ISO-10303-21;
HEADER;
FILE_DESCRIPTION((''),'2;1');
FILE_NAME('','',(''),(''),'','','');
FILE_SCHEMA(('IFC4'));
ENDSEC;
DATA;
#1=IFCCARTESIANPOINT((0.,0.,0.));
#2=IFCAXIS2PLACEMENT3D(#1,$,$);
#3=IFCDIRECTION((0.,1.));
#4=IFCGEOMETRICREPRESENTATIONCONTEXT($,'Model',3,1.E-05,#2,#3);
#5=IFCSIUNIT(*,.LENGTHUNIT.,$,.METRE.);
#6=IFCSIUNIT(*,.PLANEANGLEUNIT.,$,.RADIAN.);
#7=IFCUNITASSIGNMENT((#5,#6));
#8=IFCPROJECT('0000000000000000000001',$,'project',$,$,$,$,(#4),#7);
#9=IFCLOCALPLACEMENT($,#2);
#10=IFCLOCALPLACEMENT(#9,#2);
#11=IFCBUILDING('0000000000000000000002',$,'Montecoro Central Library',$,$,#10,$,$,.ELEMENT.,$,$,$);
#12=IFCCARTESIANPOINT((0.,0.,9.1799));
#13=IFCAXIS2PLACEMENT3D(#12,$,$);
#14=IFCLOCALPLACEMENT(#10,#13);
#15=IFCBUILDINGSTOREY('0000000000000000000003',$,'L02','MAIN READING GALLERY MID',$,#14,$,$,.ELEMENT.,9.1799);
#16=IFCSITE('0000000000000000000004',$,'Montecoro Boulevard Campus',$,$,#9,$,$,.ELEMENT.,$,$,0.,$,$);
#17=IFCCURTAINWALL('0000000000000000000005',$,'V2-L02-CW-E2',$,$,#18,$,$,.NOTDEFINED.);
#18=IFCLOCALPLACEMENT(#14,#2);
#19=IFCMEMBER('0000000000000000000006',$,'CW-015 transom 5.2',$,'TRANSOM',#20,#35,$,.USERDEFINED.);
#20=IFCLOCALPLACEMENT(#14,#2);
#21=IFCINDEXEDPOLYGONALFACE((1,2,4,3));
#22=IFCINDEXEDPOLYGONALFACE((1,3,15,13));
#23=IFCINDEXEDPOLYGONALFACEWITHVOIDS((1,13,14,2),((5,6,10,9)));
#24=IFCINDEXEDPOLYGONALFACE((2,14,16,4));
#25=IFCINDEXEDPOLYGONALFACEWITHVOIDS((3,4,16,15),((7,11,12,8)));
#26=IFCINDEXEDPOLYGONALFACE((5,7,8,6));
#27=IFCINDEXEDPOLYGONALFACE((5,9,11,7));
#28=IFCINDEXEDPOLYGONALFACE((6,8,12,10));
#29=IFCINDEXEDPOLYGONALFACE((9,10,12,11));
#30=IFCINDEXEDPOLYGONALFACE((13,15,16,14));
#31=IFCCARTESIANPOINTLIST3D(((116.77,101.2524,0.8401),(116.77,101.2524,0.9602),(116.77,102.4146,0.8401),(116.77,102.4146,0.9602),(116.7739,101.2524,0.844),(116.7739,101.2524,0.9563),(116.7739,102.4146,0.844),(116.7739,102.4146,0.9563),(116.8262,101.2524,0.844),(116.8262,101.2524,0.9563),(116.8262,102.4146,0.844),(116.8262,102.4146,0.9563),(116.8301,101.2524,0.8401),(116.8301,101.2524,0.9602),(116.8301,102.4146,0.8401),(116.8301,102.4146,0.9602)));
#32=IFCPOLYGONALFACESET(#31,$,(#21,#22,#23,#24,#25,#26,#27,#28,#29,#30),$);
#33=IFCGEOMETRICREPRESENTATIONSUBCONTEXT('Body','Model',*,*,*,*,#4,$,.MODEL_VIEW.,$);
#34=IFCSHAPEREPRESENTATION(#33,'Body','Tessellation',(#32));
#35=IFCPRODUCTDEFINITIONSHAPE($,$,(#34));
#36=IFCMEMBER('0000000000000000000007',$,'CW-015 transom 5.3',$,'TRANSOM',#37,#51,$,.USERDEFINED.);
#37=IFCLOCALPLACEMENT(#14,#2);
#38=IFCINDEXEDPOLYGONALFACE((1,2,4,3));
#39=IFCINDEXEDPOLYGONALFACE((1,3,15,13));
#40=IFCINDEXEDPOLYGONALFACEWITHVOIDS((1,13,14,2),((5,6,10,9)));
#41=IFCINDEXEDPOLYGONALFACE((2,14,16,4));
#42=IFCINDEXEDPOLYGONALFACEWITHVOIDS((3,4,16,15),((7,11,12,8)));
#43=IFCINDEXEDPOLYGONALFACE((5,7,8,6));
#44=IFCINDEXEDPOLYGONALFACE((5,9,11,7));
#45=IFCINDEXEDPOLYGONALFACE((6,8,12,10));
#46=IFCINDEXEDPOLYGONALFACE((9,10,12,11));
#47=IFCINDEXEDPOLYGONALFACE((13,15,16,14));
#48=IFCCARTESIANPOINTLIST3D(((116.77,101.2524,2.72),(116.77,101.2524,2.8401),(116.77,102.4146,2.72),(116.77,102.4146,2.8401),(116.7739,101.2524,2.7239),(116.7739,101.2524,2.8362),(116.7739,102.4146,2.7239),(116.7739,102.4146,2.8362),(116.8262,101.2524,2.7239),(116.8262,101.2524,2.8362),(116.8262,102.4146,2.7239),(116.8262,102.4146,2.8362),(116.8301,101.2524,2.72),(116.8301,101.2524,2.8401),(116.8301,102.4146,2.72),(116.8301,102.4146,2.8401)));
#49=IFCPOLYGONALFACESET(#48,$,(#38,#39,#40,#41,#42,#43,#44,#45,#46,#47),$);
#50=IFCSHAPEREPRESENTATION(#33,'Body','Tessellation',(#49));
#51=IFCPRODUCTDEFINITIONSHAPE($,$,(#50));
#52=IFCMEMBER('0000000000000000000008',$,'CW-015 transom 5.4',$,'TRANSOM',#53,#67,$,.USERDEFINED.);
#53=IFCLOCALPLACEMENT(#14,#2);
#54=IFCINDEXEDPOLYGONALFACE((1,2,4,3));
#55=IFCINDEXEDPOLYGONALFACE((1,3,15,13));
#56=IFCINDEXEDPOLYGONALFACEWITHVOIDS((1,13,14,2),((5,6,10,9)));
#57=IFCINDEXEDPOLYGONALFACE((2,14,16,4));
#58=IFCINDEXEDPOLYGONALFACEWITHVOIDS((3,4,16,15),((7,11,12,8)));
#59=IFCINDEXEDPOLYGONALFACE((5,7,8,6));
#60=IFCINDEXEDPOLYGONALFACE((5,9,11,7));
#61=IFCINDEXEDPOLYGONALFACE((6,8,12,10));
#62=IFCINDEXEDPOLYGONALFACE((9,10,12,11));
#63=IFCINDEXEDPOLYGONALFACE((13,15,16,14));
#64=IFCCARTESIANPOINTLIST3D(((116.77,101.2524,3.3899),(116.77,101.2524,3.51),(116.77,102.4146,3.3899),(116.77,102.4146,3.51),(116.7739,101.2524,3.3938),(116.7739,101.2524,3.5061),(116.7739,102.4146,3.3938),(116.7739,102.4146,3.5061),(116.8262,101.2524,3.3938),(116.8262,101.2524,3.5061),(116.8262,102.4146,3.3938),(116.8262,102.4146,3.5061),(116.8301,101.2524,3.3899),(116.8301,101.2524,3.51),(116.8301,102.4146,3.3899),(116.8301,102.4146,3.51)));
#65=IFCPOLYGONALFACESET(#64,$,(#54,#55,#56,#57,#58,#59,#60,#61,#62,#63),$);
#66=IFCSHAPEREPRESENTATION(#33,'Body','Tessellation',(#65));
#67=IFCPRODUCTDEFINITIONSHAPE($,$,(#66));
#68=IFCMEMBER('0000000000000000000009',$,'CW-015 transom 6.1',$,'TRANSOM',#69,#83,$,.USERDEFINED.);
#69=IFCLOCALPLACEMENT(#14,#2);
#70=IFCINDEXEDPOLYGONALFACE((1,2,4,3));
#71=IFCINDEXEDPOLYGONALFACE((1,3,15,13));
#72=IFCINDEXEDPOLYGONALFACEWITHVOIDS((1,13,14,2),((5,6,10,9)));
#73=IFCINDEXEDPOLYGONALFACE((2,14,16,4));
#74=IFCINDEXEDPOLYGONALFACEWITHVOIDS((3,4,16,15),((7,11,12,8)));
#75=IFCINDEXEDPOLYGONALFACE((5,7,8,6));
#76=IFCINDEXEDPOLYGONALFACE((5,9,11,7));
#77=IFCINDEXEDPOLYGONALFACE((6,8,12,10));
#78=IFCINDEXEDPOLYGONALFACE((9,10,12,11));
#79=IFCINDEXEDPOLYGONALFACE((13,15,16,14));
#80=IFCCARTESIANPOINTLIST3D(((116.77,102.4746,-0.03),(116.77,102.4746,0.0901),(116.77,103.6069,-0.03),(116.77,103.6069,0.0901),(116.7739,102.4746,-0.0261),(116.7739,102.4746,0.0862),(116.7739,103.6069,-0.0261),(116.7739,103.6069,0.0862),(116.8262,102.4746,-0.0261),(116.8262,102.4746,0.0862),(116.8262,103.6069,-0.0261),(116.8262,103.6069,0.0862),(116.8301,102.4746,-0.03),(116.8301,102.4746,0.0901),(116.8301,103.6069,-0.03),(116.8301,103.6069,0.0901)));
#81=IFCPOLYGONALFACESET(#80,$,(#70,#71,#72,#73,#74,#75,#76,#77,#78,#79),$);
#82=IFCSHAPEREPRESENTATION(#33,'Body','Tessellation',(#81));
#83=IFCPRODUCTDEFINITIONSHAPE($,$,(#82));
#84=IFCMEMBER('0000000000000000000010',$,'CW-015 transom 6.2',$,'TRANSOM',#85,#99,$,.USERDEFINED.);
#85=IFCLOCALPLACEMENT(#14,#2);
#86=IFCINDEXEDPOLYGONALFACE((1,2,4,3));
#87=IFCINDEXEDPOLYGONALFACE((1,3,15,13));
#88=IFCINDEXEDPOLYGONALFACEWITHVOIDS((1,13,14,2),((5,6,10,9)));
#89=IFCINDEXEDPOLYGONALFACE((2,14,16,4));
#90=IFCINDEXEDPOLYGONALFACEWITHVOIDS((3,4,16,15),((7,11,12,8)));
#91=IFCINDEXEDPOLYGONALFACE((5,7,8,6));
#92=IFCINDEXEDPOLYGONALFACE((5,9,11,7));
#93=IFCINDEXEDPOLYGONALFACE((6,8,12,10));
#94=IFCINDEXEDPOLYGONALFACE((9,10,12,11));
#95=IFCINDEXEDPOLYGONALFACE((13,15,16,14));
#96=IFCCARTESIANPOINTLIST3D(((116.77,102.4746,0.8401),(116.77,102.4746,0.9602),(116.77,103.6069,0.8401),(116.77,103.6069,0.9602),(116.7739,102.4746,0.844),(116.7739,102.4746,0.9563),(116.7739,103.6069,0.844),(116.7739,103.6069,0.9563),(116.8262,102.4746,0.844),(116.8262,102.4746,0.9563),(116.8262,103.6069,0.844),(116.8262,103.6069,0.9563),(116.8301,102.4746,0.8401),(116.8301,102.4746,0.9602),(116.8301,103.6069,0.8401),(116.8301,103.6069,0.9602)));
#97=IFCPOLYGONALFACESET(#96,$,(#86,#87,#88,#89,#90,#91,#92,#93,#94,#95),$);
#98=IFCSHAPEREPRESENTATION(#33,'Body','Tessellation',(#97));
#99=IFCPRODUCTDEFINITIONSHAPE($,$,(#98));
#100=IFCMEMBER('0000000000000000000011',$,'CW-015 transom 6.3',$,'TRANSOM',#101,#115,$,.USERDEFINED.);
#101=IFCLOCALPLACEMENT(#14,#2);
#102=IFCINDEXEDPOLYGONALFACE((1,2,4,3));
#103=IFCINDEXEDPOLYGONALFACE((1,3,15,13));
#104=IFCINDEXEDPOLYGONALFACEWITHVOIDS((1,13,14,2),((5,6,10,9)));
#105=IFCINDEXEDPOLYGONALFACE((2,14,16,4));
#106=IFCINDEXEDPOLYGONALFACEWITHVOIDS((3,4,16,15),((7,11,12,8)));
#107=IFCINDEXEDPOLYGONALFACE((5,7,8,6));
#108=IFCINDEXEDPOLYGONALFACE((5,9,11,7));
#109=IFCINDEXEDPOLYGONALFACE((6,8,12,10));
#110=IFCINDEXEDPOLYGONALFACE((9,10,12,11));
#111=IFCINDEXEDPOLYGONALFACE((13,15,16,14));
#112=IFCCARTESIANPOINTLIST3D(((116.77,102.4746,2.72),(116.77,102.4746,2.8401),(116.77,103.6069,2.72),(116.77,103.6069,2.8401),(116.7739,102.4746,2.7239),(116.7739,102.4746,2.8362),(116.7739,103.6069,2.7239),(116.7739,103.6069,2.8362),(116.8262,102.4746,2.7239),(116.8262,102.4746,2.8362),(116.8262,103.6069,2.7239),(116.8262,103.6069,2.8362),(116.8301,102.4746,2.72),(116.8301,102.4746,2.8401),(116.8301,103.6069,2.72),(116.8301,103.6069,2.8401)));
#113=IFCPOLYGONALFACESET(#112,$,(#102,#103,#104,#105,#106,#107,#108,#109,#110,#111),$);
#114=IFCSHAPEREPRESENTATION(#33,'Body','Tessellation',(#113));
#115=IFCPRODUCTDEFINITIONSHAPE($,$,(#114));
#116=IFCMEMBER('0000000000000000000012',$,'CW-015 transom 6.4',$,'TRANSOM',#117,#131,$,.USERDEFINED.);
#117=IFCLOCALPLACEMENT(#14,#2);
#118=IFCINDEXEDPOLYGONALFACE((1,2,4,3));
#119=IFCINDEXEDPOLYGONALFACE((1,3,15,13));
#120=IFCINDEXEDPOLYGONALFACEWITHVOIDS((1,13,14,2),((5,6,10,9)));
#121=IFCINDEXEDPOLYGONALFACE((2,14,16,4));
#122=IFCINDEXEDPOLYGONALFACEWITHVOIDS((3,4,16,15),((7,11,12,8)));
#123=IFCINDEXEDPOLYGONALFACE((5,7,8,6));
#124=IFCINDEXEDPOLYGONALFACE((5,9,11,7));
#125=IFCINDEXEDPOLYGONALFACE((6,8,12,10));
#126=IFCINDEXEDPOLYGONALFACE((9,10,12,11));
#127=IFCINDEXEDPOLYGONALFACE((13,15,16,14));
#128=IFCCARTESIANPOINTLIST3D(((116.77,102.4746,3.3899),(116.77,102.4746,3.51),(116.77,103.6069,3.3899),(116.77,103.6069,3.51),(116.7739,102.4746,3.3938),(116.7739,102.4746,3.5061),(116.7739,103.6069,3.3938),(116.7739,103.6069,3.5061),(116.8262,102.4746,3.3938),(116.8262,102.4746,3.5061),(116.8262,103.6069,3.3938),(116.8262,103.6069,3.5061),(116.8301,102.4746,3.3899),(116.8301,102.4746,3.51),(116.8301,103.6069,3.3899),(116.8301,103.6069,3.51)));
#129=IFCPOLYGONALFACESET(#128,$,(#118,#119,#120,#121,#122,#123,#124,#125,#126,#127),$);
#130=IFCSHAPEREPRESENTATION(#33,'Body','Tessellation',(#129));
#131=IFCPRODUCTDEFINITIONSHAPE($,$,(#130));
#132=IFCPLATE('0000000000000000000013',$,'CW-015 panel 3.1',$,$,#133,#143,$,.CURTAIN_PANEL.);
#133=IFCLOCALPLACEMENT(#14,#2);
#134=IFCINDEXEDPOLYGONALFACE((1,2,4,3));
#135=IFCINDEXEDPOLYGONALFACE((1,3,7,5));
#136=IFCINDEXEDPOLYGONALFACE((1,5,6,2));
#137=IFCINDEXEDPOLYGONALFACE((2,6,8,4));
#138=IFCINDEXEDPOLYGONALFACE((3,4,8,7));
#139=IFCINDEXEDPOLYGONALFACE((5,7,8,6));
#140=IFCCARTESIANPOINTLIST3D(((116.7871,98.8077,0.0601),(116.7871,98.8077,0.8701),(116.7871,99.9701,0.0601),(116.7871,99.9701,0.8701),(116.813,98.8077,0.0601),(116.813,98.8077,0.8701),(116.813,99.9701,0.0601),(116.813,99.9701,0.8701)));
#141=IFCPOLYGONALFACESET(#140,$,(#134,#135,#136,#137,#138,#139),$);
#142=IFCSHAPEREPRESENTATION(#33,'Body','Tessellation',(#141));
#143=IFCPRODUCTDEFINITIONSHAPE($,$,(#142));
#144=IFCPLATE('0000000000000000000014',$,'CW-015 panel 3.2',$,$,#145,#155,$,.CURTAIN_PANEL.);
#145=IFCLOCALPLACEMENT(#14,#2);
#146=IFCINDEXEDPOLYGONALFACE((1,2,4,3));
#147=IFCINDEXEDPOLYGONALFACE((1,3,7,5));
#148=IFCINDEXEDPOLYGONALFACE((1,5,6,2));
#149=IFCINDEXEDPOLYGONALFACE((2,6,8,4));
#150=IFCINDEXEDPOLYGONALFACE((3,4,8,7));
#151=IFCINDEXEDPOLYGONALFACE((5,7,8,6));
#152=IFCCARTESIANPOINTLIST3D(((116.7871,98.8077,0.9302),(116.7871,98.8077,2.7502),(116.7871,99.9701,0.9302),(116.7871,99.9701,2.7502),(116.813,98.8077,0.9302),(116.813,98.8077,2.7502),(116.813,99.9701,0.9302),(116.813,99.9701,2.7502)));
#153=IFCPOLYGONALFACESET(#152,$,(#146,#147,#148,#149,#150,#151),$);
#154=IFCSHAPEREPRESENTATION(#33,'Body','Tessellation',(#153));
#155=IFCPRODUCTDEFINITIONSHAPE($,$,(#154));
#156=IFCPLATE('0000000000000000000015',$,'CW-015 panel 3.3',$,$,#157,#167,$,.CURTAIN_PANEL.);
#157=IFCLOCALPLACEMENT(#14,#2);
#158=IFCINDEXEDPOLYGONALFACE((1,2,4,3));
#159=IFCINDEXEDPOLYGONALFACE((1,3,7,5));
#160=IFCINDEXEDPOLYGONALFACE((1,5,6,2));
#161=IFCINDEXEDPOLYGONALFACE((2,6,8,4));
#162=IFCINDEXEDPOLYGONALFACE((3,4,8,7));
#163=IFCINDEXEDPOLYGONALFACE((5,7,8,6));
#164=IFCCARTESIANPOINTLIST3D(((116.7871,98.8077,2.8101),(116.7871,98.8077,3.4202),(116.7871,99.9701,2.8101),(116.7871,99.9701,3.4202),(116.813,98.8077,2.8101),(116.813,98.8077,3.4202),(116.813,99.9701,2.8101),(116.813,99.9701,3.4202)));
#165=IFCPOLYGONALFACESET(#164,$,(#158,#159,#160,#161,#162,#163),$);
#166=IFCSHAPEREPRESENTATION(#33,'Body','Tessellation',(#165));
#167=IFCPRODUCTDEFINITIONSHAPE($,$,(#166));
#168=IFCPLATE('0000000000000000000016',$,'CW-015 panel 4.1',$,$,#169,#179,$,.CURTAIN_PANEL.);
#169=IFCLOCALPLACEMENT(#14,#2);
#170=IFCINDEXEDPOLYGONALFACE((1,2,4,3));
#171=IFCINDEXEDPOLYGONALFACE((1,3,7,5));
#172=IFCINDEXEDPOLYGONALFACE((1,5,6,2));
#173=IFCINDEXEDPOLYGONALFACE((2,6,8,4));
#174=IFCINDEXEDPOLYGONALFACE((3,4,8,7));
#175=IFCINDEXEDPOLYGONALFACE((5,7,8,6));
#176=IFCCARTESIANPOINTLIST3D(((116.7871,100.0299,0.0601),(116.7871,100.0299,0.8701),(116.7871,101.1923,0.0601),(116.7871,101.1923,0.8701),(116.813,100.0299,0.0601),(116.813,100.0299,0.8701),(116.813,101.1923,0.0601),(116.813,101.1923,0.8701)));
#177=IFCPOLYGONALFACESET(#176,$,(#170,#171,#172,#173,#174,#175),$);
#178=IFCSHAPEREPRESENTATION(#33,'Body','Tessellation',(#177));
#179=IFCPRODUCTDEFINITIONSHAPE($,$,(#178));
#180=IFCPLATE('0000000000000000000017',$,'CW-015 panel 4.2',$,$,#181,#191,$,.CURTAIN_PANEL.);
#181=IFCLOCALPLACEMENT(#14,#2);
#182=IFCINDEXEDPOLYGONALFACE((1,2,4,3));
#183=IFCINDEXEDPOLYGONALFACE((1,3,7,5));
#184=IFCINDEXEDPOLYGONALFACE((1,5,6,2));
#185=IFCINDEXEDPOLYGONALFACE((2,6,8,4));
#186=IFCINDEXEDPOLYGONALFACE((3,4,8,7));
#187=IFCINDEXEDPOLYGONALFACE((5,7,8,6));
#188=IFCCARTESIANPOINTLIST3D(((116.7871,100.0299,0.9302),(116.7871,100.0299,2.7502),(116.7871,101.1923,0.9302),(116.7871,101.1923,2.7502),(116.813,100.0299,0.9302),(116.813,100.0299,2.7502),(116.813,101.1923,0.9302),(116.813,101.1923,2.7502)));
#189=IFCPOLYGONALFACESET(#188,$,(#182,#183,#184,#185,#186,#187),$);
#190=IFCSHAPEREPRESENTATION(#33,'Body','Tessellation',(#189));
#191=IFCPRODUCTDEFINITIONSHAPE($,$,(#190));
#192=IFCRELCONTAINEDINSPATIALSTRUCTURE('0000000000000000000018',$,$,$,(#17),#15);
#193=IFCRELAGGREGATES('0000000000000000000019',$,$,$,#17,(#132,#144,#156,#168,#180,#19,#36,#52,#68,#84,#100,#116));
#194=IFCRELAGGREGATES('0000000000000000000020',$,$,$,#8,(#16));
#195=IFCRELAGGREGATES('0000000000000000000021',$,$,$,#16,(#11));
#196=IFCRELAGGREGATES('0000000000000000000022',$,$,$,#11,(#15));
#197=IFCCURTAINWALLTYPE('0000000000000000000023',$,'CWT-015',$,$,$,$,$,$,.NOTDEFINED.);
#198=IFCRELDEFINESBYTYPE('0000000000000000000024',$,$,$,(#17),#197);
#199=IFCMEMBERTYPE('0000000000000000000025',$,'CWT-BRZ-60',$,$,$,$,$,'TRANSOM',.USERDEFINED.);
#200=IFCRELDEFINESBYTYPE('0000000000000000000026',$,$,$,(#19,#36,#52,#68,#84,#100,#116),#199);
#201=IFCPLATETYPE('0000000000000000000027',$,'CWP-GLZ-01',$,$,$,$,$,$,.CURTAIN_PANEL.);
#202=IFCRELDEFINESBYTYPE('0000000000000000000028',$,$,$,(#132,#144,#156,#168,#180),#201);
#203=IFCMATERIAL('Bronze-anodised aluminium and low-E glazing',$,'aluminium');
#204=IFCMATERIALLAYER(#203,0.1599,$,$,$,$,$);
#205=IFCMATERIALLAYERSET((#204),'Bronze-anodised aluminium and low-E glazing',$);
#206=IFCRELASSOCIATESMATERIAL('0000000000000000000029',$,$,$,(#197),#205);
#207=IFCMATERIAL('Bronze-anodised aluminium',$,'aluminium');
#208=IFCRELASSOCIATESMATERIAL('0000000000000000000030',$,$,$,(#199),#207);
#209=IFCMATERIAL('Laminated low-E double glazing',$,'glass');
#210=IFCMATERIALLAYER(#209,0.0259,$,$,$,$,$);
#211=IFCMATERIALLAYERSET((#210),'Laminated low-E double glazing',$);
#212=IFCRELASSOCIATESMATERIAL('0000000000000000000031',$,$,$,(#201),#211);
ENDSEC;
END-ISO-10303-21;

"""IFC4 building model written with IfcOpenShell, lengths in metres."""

from ifc_helpers import new_model, si_unit, direction, frame, origin, origin_2d, place, context, subcontext, project, spatial, rectangle, hollow_rectangle, extrude, material, layer, layer_set, material_profile, profile_set, type_object, element, aggregate, save


model = new_model("IFC4")

# Units and contexts
model_context = context("Model", 3, precision=1e-05, world=origin(), true_north=direction((0.0, 1.0)))
body_context = subcontext(model_context, "Body", "Model", "MODEL_VIEW")
ifc_project = project(units=[si_unit("LENGTHUNIT", "METRE"), si_unit("PLANEANGLEUNIT", "RADIAN")], contexts=[model_context])

# Site, building, storey
site_placement = place(None, origin())
site = spatial("IfcSite", under=ifc_project, at=site_placement, Name="Montecoro Boulevard Campus", CompositionType="ELEMENT", RefElevation=0.0)
building_placement = place(site_placement, origin())
building = spatial("IfcBuilding", under=site, at=building_placement, Name="Montecoro Central Library", CompositionType="ELEMENT")
storey_placement = place(building_placement, frame((0.0, 0.0, 9.1799)))
storey = spatial("IfcBuildingStorey", under=building, at=storey_placement, Name="L02", Description="MAIN READING GALLERY MID", CompositionType="ELEMENT", Elevation=9.1799)

# Curtain wall, members, plates
ifc_material_1 = material(Name="Bronze-anodised aluminium and low-E glazing", Category="aluminium")
ifc_layer_1 = layer(ifc_material_1, 0.1599)
ifc_layer_set_1 = layer_set([ifc_layer_1], Name="Bronze-anodised aluminium and low-E glazing")
curtain_wall_type = type_object("IfcCurtainWallType", Name="CWT-015", PredefinedType="NOTDEFINED", material=ifc_layer_set_1)
curtain_wall_placement = place(storey_placement, origin())
curtain_wall = element("IfcCurtainWall", 1, at=curtain_wall_placement, inside=storey, type_object=curtain_wall_type, Name="V2-L02-CW-E2", PredefinedType="NOTDEFINED")
ifc_material_2 = material(Name="Bronze-anodised aluminium", Category="aluminium")
ifc_material_profile_1 = material_profile(ifc_material_2, hollow_rectangle(XDim=0.0601, YDim=0.1201, WallThickness=0.0039, at=origin_2d()), Name="CWT 120x60x4.0")
ifc_profile_set_1 = profile_set([ifc_material_profile_1], Name="Bronze-anodised aluminium")
member_type_1 = type_object("IfcMemberType", Name="CWT-BRZ-60", ElementType="TRANSOM", PredefinedType="USERDEFINED", material=ifc_profile_set_1)
member_1_placement = place(storey_placement, frame((116.8, 101.2524, 0.9001), z_axis=(0.0, 1.0, 0.0), x_axis=(-1.0, 0.0, 0.0)))
member_1 = element("IfcMember", 2, at=member_1_placement, type_object=member_type_1, Name="CW-015 transom 5.2", ObjectType="TRANSOM", PredefinedType="USERDEFINED", context=body_context, shape_type="SweptSolid", body=[
    extrude(hollow_rectangle(XDim=0.0601, YDim=0.1201, WallThickness=0.0039, at=origin_2d()), origin(), (0.0, 0.0, 1.0), 1.1621),
])
member_2_placement = place(storey_placement, frame((116.8, 101.2524, 2.78), z_axis=(0.0, 1.0, 0.0), x_axis=(-1.0, 0.0, 0.0)))
member_2 = element("IfcMember", 3, at=member_2_placement, type_object=member_type_1, Name="CW-015 transom 5.3", ObjectType="TRANSOM", PredefinedType="USERDEFINED", context=body_context, shape_type="SweptSolid", body=[
    extrude(hollow_rectangle(XDim=0.0601, YDim=0.1201, WallThickness=0.0039, at=origin_2d()), origin(), (0.0, 0.0, 1.0), 1.1621),
])
member_3_placement = place(storey_placement, frame((116.8, 101.2524, 3.45), z_axis=(0.0, 1.0, 0.0), x_axis=(-1.0, 0.0, 0.0)))
member_3 = element("IfcMember", 4, at=member_3_placement, type_object=member_type_1, Name="CW-015 transom 5.4", ObjectType="TRANSOM", PredefinedType="USERDEFINED", context=body_context, shape_type="SweptSolid", body=[
    extrude(hollow_rectangle(XDim=0.0601, YDim=0.1201, WallThickness=0.0039, at=origin_2d()), origin(), (0.0, 0.0, 1.0), 1.1621),
])
member_4_placement = place(storey_placement, frame((116.8, 102.4746, 0.03), z_axis=(0.0, 1.0, 0.0), x_axis=(-1.0, 0.0, 0.0)))
member_4 = element("IfcMember", 5, at=member_4_placement, type_object=member_type_1, Name="CW-015 transom 6.1", ObjectType="TRANSOM", PredefinedType="USERDEFINED", context=body_context, shape_type="SweptSolid", body=[
    extrude(hollow_rectangle(XDim=0.0601, YDim=0.1201, WallThickness=0.0039, at=origin_2d()), origin(), (0.0, 0.0, 1.0), 1.1323),
])
member_5_placement = place(storey_placement, frame((116.8, 102.4746, 0.9001), z_axis=(0.0, 1.0, 0.0), x_axis=(-1.0, 0.0, 0.0)))
member_5 = element("IfcMember", 6, at=member_5_placement, type_object=member_type_1, Name="CW-015 transom 6.2", ObjectType="TRANSOM", PredefinedType="USERDEFINED", context=body_context, shape_type="SweptSolid", body=[
    extrude(hollow_rectangle(XDim=0.0601, YDim=0.1201, WallThickness=0.0039, at=origin_2d()), origin(), (0.0, 0.0, 1.0), 1.1323),
])
member_6_placement = place(storey_placement, frame((116.8, 102.4746, 2.78), z_axis=(0.0, 1.0, 0.0), x_axis=(-1.0, 0.0, 0.0)))
member_6 = element("IfcMember", 7, at=member_6_placement, type_object=member_type_1, Name="CW-015 transom 6.3", ObjectType="TRANSOM", PredefinedType="USERDEFINED", context=body_context, shape_type="SweptSolid", body=[
    extrude(hollow_rectangle(XDim=0.0601, YDim=0.1201, WallThickness=0.0039, at=origin_2d()), origin(), (0.0, 0.0, 1.0), 1.1323),
])
member_7_placement = place(storey_placement, frame((116.8, 102.4746, 3.45), z_axis=(0.0, 1.0, 0.0), x_axis=(-1.0, 0.0, 0.0)))
member_7 = element("IfcMember", 8, at=member_7_placement, type_object=member_type_1, Name="CW-015 transom 6.4", ObjectType="TRANSOM", PredefinedType="USERDEFINED", context=body_context, shape_type="SweptSolid", body=[
    extrude(hollow_rectangle(XDim=0.0601, YDim=0.1201, WallThickness=0.0039, at=origin_2d()), origin(), (0.0, 0.0, 1.0), 1.1323),
])
ifc_material_3 = material(Name="Laminated low-E double glazing", Category="glass")
ifc_layer_2 = layer(ifc_material_3, 0.0259)
ifc_layer_set_2 = layer_set([ifc_layer_2], Name="Laminated low-E double glazing")
plate_type = type_object("IfcPlateType", Name="CWP-GLZ-01", PredefinedType="CURTAIN_PANEL", material=ifc_layer_set_2)
plate_1_placement = place(storey_placement, frame((116.8, 99.3889, 0.0601), z_axis=(0.0, 0.0, 1.0), x_axis=(0.0, 1.0, 0.0)))
plate_1 = element("IfcPlate", 9, at=plate_1_placement, type_object=plate_type, Name="CW-015 panel 3.1", PredefinedType="CURTAIN_PANEL", context=body_context, shape_type="SweptSolid", body=[
    extrude(rectangle(XDim=1.1624, YDim=0.0259, at=origin_2d()), origin(), (0.0, 0.0, 1.0), 0.8101),
])
plate_2_placement = place(storey_placement, frame((116.8, 99.3889, 0.9302), z_axis=(0.0, 0.0, 1.0), x_axis=(0.0, 1.0, 0.0)))
plate_2 = element("IfcPlate", 10, at=plate_2_placement, type_object=plate_type, Name="CW-015 panel 3.2", PredefinedType="CURTAIN_PANEL", context=body_context, shape_type="SweptSolid", body=[
    extrude(rectangle(XDim=1.1624, YDim=0.0259, at=origin_2d()), origin(), (0.0, 0.0, 1.0), 1.8201),
])
plate_3_placement = place(storey_placement, frame((116.8, 99.3889, 2.8101), z_axis=(0.0, 0.0, 1.0), x_axis=(0.0, 1.0, 0.0)))
plate_3 = element("IfcPlate", 11, at=plate_3_placement, type_object=plate_type, Name="CW-015 panel 3.3", PredefinedType="CURTAIN_PANEL", context=body_context, shape_type="SweptSolid", body=[
    extrude(rectangle(XDim=1.1624, YDim=0.0259, at=origin_2d()), origin(), (0.0, 0.0, 1.0), 0.6101),
])
plate_4_placement = place(storey_placement, frame((116.8, 100.6111, 0.0601), z_axis=(0.0, 0.0, 1.0), x_axis=(0.0, 1.0, 0.0)))
plate_4 = element("IfcPlate", 12, at=plate_4_placement, type_object=plate_type, Name="CW-015 panel 4.1", PredefinedType="CURTAIN_PANEL", context=body_context, shape_type="SweptSolid", body=[
    extrude(rectangle(XDim=1.1624, YDim=0.0259, at=origin_2d()), origin(), (0.0, 0.0, 1.0), 0.8101),
])
plate_5_placement = place(storey_placement, frame((116.8, 100.6111, 0.9302), z_axis=(0.0, 0.0, 1.0), x_axis=(0.0, 1.0, 0.0)))
plate_5 = element("IfcPlate", 13, at=plate_5_placement, type_object=plate_type, Name="CW-015 panel 4.2", PredefinedType="CURTAIN_PANEL", context=body_context, shape_type="SweptSolid", body=[
    extrude(rectangle(XDim=1.1624, YDim=0.0259, at=origin_2d()), origin(), (0.0, 0.0, 1.0), 1.8201),
])
aggregate(curtain_wall, [plate_1, plate_2, plate_3, plate_4, plate_5, member_1, member_2, member_3, member_4, member_5, member_6, member_7])

save(model, "model.ifc")
